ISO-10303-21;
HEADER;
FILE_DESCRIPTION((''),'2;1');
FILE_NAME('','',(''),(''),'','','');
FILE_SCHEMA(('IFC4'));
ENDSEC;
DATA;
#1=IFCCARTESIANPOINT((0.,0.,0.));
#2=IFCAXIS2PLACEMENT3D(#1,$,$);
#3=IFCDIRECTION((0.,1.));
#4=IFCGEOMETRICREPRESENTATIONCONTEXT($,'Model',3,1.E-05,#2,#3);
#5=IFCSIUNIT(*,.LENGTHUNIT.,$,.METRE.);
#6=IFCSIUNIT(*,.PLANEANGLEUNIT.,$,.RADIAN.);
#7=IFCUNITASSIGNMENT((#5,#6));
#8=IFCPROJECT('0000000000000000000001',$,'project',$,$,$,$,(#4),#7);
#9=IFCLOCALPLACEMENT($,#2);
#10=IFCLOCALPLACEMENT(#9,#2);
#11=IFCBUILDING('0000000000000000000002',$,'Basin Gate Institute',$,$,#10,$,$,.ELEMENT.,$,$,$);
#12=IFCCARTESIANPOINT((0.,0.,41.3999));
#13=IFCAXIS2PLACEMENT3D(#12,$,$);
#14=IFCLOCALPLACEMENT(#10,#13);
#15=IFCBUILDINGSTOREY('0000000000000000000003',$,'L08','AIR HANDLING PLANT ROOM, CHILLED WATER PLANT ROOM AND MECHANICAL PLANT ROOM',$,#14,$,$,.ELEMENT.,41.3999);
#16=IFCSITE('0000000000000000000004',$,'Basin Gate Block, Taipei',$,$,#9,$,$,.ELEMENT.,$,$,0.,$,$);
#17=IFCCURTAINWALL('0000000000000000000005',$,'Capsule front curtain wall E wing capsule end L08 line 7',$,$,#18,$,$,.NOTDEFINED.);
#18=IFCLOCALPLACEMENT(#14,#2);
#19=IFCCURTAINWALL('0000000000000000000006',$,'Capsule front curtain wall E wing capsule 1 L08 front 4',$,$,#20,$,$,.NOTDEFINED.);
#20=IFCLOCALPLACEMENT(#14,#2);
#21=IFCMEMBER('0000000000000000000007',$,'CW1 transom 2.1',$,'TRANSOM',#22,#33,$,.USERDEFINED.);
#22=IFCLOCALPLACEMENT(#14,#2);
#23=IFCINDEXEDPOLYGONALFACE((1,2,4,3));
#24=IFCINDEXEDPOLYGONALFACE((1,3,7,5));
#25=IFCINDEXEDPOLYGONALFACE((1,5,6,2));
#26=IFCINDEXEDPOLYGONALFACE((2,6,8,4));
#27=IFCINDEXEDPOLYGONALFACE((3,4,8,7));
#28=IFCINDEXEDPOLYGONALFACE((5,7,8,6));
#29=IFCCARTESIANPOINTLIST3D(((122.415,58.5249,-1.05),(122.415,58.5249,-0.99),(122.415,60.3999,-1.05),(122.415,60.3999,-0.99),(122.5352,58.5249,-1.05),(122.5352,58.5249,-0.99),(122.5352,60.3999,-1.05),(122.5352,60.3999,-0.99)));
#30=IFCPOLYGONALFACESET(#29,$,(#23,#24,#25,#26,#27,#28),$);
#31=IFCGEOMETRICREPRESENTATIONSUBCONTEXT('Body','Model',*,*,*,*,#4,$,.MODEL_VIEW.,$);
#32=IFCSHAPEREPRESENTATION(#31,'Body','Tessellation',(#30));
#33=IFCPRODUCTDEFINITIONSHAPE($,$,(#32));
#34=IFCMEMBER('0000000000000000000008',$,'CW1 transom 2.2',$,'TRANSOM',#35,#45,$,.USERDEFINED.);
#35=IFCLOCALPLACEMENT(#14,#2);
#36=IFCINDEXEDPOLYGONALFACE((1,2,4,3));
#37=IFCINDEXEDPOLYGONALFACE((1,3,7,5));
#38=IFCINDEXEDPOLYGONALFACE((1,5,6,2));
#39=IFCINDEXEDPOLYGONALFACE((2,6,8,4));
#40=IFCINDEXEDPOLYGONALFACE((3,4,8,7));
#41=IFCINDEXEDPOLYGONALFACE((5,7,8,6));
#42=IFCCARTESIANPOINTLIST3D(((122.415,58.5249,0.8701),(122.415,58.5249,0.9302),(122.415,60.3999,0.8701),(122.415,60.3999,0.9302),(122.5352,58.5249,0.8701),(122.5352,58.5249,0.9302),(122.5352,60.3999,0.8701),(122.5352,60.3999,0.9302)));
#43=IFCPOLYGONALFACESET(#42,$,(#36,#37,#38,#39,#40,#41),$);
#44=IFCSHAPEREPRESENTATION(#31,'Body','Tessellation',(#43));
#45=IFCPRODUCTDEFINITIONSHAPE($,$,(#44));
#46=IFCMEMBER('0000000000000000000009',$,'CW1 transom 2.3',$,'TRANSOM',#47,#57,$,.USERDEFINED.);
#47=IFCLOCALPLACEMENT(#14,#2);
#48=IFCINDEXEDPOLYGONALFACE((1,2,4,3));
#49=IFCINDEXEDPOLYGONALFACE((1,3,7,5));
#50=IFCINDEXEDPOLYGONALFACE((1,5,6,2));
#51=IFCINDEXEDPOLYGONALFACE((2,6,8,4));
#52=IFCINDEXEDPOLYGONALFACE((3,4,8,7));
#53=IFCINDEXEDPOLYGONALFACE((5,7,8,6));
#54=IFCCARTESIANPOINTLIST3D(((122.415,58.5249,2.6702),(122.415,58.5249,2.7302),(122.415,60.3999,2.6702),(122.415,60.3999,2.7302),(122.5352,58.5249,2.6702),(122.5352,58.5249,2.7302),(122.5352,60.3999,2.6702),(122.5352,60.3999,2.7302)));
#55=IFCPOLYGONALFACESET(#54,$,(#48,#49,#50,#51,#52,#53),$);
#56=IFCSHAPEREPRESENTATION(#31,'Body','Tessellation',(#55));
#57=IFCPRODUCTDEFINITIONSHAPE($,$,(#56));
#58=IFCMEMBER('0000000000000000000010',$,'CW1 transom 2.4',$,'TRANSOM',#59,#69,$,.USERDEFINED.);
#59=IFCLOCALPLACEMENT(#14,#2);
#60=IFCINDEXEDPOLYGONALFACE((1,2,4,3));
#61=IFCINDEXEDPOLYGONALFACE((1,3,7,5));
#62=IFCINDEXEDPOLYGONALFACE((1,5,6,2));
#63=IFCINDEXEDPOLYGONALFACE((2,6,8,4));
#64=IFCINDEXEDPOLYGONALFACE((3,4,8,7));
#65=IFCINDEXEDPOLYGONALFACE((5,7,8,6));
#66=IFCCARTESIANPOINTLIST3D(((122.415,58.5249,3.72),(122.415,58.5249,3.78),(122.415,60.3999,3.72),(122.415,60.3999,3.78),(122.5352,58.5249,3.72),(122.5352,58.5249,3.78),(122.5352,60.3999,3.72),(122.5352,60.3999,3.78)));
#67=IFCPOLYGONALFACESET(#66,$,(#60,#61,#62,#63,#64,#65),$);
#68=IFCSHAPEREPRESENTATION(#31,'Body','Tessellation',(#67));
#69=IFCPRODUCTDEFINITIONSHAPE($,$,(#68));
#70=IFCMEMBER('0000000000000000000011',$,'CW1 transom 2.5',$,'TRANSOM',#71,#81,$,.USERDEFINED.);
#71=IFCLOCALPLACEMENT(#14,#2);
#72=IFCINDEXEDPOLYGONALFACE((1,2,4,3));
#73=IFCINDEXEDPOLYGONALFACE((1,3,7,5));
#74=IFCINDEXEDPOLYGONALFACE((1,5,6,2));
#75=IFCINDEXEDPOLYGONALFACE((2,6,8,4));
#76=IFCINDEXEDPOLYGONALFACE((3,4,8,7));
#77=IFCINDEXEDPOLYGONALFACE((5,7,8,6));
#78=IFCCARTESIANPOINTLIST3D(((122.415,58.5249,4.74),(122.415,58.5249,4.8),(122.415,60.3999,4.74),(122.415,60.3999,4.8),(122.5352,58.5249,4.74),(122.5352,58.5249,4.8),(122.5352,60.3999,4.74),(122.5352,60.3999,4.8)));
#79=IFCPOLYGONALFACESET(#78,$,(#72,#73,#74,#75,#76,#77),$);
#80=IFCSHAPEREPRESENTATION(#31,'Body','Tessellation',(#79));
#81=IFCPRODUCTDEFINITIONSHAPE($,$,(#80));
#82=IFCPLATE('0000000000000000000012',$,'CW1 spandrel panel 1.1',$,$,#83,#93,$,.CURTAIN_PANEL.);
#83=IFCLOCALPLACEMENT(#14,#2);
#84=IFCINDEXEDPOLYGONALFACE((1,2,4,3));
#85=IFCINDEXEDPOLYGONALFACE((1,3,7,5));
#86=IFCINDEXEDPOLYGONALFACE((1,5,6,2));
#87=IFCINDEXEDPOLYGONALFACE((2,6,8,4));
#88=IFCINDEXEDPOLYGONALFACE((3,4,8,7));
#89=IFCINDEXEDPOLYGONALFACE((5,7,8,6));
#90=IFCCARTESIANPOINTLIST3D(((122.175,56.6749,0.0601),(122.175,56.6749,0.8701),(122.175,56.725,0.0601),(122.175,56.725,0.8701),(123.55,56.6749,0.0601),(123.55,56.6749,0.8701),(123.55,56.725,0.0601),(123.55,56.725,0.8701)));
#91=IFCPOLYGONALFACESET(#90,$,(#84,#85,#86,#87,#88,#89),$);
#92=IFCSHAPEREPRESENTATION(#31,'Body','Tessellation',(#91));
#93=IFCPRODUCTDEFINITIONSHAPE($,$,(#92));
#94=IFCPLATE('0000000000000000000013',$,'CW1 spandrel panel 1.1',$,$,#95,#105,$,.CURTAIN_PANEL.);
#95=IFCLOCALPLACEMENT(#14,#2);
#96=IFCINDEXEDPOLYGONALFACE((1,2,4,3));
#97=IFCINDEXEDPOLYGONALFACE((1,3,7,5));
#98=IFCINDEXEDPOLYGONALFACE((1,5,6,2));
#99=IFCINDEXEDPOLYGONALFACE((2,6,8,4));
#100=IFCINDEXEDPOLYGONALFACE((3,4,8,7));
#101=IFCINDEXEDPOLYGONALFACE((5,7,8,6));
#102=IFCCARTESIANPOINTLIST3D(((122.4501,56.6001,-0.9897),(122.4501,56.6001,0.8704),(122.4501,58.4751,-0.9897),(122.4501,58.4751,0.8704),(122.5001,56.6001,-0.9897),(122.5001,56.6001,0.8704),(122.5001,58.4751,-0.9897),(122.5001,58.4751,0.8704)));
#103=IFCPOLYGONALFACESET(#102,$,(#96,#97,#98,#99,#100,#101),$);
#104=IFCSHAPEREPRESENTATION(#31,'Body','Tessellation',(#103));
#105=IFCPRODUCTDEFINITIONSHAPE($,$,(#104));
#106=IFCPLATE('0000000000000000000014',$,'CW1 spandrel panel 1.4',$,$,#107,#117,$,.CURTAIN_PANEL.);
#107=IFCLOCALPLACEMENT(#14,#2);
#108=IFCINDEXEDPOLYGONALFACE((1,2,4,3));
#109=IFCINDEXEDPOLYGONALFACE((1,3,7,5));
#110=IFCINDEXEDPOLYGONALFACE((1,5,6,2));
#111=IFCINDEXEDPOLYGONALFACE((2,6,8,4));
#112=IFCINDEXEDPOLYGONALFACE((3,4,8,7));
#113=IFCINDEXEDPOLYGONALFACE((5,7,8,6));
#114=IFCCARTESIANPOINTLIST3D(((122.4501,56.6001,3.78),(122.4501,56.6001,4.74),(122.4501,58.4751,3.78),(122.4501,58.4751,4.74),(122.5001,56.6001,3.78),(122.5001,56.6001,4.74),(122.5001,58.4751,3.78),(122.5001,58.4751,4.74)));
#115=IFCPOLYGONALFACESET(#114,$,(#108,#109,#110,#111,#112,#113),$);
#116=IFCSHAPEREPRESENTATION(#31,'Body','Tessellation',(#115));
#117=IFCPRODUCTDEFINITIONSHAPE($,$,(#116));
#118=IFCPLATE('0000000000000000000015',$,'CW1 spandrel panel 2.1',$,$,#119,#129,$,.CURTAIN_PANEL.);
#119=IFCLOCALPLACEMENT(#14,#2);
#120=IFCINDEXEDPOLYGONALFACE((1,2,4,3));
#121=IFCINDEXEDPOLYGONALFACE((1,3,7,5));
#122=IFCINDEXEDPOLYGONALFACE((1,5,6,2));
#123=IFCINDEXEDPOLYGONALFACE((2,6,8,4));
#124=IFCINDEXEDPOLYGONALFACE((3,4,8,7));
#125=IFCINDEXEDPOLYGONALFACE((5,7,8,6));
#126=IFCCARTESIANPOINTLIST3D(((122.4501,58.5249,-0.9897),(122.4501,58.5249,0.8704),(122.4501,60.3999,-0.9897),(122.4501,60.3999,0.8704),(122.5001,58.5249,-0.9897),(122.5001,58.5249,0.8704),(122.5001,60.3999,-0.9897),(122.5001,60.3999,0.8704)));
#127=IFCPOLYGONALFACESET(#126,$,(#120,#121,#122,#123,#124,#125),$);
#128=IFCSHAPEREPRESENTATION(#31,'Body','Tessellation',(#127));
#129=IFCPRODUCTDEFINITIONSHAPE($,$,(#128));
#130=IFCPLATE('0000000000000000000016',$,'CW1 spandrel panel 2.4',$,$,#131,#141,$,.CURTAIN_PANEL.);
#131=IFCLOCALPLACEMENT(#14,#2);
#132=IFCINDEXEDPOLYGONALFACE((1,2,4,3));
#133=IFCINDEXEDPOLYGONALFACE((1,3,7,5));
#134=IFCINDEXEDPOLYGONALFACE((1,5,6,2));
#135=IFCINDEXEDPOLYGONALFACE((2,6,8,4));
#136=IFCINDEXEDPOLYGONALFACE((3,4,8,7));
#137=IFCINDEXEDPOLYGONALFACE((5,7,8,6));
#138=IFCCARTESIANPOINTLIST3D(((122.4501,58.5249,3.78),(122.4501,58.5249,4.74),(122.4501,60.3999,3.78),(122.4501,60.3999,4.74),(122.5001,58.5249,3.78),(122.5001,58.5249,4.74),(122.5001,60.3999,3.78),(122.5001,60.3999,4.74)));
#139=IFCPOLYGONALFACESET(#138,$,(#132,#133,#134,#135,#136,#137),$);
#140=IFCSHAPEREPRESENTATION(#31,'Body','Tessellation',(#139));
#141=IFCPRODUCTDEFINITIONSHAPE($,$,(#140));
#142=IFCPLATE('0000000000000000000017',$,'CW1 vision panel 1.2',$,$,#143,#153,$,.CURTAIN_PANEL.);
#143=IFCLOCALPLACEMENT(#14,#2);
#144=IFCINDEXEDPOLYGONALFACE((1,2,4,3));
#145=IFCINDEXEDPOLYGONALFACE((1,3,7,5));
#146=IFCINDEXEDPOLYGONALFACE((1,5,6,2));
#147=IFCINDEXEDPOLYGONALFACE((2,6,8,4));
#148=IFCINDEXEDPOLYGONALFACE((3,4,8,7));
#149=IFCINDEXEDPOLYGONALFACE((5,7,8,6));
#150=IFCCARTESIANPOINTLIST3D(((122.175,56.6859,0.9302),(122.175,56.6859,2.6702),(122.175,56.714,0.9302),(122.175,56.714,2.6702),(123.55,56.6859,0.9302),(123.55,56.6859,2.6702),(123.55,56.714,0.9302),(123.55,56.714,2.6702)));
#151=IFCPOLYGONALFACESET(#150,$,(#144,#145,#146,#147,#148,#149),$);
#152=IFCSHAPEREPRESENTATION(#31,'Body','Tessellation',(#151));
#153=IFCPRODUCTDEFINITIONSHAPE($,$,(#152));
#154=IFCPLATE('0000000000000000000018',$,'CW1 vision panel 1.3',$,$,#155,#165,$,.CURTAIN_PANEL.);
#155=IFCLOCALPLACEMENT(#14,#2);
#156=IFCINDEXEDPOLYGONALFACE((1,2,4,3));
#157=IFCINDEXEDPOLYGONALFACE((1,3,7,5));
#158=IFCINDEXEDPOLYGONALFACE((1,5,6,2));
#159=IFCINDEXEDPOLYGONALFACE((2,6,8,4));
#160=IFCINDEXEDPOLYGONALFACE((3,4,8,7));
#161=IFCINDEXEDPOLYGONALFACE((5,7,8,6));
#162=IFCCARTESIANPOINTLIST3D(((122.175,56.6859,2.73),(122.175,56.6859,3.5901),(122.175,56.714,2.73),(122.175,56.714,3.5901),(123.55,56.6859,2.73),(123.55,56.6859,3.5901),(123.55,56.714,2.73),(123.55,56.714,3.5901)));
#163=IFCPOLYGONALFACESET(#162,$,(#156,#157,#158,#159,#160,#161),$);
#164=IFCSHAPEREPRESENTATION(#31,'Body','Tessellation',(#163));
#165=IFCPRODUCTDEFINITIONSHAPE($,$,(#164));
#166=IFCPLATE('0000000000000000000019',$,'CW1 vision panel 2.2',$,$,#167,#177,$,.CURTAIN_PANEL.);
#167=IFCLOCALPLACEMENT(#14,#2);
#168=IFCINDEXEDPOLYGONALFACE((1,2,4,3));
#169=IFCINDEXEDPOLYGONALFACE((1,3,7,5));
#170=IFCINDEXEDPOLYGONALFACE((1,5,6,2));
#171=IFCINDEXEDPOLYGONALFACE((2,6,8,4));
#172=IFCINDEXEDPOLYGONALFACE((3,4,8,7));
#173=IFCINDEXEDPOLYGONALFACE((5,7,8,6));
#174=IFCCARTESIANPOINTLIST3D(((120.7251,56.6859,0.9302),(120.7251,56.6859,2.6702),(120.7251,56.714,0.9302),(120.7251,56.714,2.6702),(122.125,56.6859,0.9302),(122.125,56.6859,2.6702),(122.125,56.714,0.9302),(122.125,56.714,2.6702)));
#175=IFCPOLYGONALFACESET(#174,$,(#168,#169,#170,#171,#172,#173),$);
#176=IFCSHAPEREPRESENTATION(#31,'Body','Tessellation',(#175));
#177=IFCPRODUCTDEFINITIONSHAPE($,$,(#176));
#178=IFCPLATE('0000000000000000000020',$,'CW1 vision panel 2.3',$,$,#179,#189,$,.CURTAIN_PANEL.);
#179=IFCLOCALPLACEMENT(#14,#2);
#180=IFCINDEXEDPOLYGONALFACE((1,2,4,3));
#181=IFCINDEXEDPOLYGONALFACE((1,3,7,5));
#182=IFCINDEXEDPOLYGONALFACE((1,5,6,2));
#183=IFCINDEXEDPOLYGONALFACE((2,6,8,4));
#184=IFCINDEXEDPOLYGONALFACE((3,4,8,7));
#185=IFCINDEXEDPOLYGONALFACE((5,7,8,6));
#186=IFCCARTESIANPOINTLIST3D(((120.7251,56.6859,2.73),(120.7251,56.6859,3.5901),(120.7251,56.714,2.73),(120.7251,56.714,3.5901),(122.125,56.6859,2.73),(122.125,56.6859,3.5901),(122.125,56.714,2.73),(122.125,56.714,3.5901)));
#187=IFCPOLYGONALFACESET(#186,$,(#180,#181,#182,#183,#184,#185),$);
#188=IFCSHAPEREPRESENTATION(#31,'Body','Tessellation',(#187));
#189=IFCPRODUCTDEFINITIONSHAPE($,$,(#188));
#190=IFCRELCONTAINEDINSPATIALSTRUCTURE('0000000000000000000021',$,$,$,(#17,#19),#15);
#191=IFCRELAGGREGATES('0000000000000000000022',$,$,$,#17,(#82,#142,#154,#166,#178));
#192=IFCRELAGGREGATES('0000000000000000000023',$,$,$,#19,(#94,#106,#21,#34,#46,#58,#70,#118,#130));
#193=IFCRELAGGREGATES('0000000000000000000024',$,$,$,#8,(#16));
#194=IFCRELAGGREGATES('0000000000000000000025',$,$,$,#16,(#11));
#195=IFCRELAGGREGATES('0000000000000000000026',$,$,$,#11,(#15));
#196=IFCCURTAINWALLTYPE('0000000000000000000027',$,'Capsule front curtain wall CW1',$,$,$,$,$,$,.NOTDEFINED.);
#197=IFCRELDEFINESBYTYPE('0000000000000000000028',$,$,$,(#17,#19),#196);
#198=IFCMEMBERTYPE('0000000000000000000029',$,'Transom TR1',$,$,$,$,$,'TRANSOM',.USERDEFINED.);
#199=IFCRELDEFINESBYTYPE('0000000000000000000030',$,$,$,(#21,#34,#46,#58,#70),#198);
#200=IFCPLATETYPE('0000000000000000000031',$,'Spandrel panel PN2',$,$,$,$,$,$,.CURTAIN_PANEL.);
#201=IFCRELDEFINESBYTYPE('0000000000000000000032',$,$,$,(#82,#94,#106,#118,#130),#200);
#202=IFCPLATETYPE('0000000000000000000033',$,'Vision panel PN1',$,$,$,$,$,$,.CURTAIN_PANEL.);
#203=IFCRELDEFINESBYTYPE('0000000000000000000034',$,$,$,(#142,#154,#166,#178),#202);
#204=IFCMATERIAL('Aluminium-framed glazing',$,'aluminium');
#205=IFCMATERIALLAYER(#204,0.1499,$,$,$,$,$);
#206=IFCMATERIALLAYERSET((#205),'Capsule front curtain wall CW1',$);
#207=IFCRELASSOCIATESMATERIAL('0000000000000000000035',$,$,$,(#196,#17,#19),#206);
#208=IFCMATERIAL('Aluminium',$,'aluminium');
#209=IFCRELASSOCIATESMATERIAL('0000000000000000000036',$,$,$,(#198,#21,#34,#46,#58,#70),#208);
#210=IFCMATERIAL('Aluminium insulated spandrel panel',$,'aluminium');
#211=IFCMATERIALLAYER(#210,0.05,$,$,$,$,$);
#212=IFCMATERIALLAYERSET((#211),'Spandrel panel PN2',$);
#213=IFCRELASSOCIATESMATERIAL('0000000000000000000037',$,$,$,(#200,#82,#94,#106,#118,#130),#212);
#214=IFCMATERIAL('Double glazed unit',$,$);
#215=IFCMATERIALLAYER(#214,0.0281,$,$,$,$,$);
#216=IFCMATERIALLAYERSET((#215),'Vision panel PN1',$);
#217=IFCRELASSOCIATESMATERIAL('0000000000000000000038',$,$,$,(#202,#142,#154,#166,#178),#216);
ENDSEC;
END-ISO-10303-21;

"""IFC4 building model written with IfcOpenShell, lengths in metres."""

from ifc_helpers import new_model, si_unit, direction, frame, origin, origin_2d, place, context, subcontext, project, spatial, rectangle, extrude, material, layer, layer_set, material_profile, profile_set, type_object, element, aggregate, save


model = new_model("IFC4")

# Units and contexts
model_context = context("Model", 3, precision=1e-05, world=origin(), true_north=direction((0.0, 1.0)))
body_context = subcontext(model_context, "Body", "Model", "MODEL_VIEW")
ifc_project = project(units=[si_unit("LENGTHUNIT", "METRE"), si_unit("PLANEANGLEUNIT", "RADIAN")], contexts=[model_context])

# Site, building, storey
site_placement = place(None, origin())
site = spatial("IfcSite", under=ifc_project, at=site_placement, Name="Basin Gate Block, Taipei", CompositionType="ELEMENT", RefElevation=0.0)
building_placement = place(site_placement, origin())
building = spatial("IfcBuilding", under=site, at=building_placement, Name="Basin Gate Institute", CompositionType="ELEMENT")
storey_placement = place(building_placement, frame((0.0, 0.0, 41.3999)))
storey = spatial("IfcBuildingStorey", under=building, at=storey_placement, Name="L08", Description="AIR HANDLING PLANT ROOM, CHILLED WATER PLANT ROOM AND MECHANICAL PLANT ROOM", CompositionType="ELEMENT", Elevation=41.3999)

# Curtain wall
ifc_material_1 = material(Name="Aluminium-framed glazing", Category="aluminium")
ifc_layer_1 = layer(ifc_material_1, 0.1499)
ifc_layer_set_1 = layer_set([ifc_layer_1], Name="Capsule front curtain wall CW1")
curtain_wall_type = type_object("IfcCurtainWallType", Name="Capsule front curtain wall CW1", PredefinedType="NOTDEFINED", material=ifc_layer_set_1)
curtain_wall_1_placement = place(storey_placement, origin())
curtain_wall_1 = element("IfcCurtainWall", 1, at=curtain_wall_1_placement, inside=storey, type_object=curtain_wall_type, material=ifc_layer_set_1, Name="Capsule front curtain wall E wing capsule end L08 line 7", PredefinedType="NOTDEFINED")

# Curtain wall
curtain_wall_2_placement = place(storey_placement, origin())
curtain_wall_2 = element("IfcCurtainWall", 2, at=curtain_wall_2_placement, inside=storey, type_object=curtain_wall_type, material=ifc_layer_set_1, Name="Capsule front curtain wall E wing capsule 1 L08 front 4", PredefinedType="NOTDEFINED")

# Members
ifc_material_2 = material(Name="Aluminium", Category="aluminium")
ifc_material_profile_1 = material_profile(ifc_material_2, rectangle(XDim=0.1201, YDim=0.0601, at=origin_2d()), Name="Transom TR1 120 x 60")
ifc_profile_set_1 = profile_set([ifc_material_profile_1], Name="Aluminium")
member_type_1 = type_object("IfcMemberType", Name="Transom TR1", ElementType="TRANSOM", PredefinedType="USERDEFINED", material=ifc_profile_set_1)
member_1_placement = place(storey_placement, frame((122.4751, 58.5249, -1.02), z_axis=(0.0, 1.0, 0.0), x_axis=(-1.0, 0.0, 0.0)))
member_1 = element("IfcMember", 3, at=member_1_placement, type_object=member_type_1, material=ifc_profile_set_1, Name="CW1 transom 2.1", ObjectType="TRANSOM", PredefinedType="USERDEFINED", context=body_context, shape_type="SweptSolid", body=[
    extrude(rectangle(XDim=0.1201, YDim=0.0601, at=origin_2d()), origin(), (0.0, 0.0, 1.0), 1.875),
])
member_2_placement = place(storey_placement, frame((122.4751, 58.5249, 0.9001), z_axis=(0.0, 1.0, 0.0), x_axis=(-1.0, 0.0, 0.0)))
member_2 = element("IfcMember", 4, at=member_2_placement, type_object=member_type_1, material=ifc_profile_set_1, Name="CW1 transom 2.2", ObjectType="TRANSOM", PredefinedType="USERDEFINED", context=body_context, shape_type="SweptSolid", body=[
    extrude(rectangle(XDim=0.1201, YDim=0.0601, at=origin_2d()), origin(), (0.0, 0.0, 1.0), 1.875),
])
member_3_placement = place(storey_placement, frame((122.4751, 58.5249, 2.7002), z_axis=(0.0, 1.0, 0.0), x_axis=(-1.0, 0.0, 0.0)))
member_3 = element("IfcMember", 5, at=member_3_placement, type_object=member_type_1, material=ifc_profile_set_1, Name="CW1 transom 2.3", ObjectType="TRANSOM", PredefinedType="USERDEFINED", context=body_context, shape_type="SweptSolid", body=[
    extrude(rectangle(XDim=0.1201, YDim=0.0601, at=origin_2d()), origin(), (0.0, 0.0, 1.0), 1.875),
])
member_4_placement = place(storey_placement, frame((122.4751, 58.5249, 3.75), z_axis=(0.0, 1.0, 0.0), x_axis=(-1.0, 0.0, 0.0)))
member_4 = element("IfcMember", 6, at=member_4_placement, type_object=member_type_1, material=ifc_profile_set_1, Name="CW1 transom 2.4", ObjectType="TRANSOM", PredefinedType="USERDEFINED", context=body_context, shape_type="SweptSolid", body=[
    extrude(rectangle(XDim=0.1201, YDim=0.0601, at=origin_2d()), origin(), (0.0, 0.0, 1.0), 1.875),
])
member_5_placement = place(storey_placement, frame((122.4751, 58.5249, 4.77), z_axis=(0.0, 1.0, 0.0), x_axis=(-1.0, 0.0, 0.0)))
member_5 = element("IfcMember", 7, at=member_5_placement, type_object=member_type_1, material=ifc_profile_set_1, Name="CW1 transom 2.5", ObjectType="TRANSOM", PredefinedType="USERDEFINED", context=body_context, shape_type="SweptSolid", body=[
    extrude(rectangle(XDim=0.1201, YDim=0.0601, at=origin_2d()), origin(), (0.0, 0.0, 1.0), 1.875),
])

# Plates
ifc_material_3 = material(Name="Aluminium insulated spandrel panel", Category="aluminium")
ifc_layer_2 = layer(ifc_material_3, 0.05)
ifc_layer_set_2 = layer_set([ifc_layer_2], Name="Spandrel panel PN2")
plate_type_1 = type_object("IfcPlateType", Name="Spandrel panel PN2", PredefinedType="CURTAIN_PANEL", material=ifc_layer_set_2)
plate_1_placement = place(storey_placement, frame((122.8625, 56.7, 0.0601), z_axis=(0.0, 0.0, 1.0), x_axis=(-1.0, 0.0, 0.0)))
plate_1 = element("IfcPlate", 8, at=plate_1_placement, type_object=plate_type_1, material=ifc_layer_set_2, Name="CW1 spandrel panel 1.1", PredefinedType="CURTAIN_PANEL", context=body_context, shape_type="SweptSolid", body=[
    extrude(rectangle(XDim=1.375, YDim=0.05, at=origin_2d()), origin(), (0.0, 0.0, 1.0), 0.8101),
])
plate_2_placement = place(storey_placement, frame((122.4751, 57.5376, -0.9897), z_axis=(0.0, 0.0, 1.0), x_axis=(0.0, 1.0, 0.0)))
plate_2 = element("IfcPlate", 9, at=plate_2_placement, type_object=plate_type_1, material=ifc_layer_set_2, Name="CW1 spandrel panel 1.1", PredefinedType="CURTAIN_PANEL", context=body_context, shape_type="SweptSolid", body=[
    extrude(rectangle(XDim=1.875, YDim=0.05, at=origin_2d()), origin(), (0.0, 0.0, 1.0), 1.8601),
])
plate_3_placement = place(storey_placement, frame((122.4751, 57.5376, 3.78), z_axis=(0.0, 0.0, 1.0), x_axis=(0.0, 1.0, 0.0)))
plate_3 = element("IfcPlate", 10, at=plate_3_placement, type_object=plate_type_1, material=ifc_layer_set_2, Name="CW1 spandrel panel 1.4", PredefinedType="CURTAIN_PANEL", context=body_context, shape_type="SweptSolid", body=[
    extrude(rectangle(XDim=1.875, YDim=0.05, at=origin_2d()), origin(), (0.0, 0.0, 1.0), 0.96),
])
plate_4_placement = place(storey_placement, frame((122.4751, 59.4624, -0.9897), z_axis=(0.0, 0.0, 1.0), x_axis=(0.0, 1.0, 0.0)))
plate_4 = element("IfcPlate", 11, at=plate_4_placement, type_object=plate_type_1, material=ifc_layer_set_2, Name="CW1 spandrel panel 2.1", PredefinedType="CURTAIN_PANEL", context=body_context, shape_type="SweptSolid", body=[
    extrude(rectangle(XDim=1.875, YDim=0.05, at=origin_2d()), origin(), (0.0, 0.0, 1.0), 1.8601),
])
plate_5_placement = place(storey_placement, frame((122.4751, 59.4624, 3.78), z_axis=(0.0, 0.0, 1.0), x_axis=(0.0, 1.0, 0.0)))
plate_5 = element("IfcPlate", 12, at=plate_5_placement, type_object=plate_type_1, material=ifc_layer_set_2, Name="CW1 spandrel panel 2.4", PredefinedType="CURTAIN_PANEL", context=body_context, shape_type="SweptSolid", body=[
    extrude(rectangle(XDim=1.875, YDim=0.05, at=origin_2d()), origin(), (0.0, 0.0, 1.0), 0.96),
])
ifc_material_4 = material(Name="Double glazed unit")
ifc_layer_3 = layer(ifc_material_4, 0.0281)
ifc_layer_set_3 = layer_set([ifc_layer_3], Name="Vision panel PN1")
plate_type_2 = type_object("IfcPlateType", Name="Vision panel PN1", PredefinedType="CURTAIN_PANEL", material=ifc_layer_set_3)
plate_6_placement = place(storey_placement, frame((122.8625, 56.7, 0.9302), z_axis=(0.0, 0.0, 1.0), x_axis=(-1.0, 0.0, 0.0)))
plate_6 = element("IfcPlate", 13, at=plate_6_placement, type_object=plate_type_2, material=ifc_layer_set_3, Name="CW1 vision panel 1.2", PredefinedType="CURTAIN_PANEL", context=body_context, shape_type="SweptSolid", body=[
    extrude(rectangle(XDim=1.375, YDim=0.0281, at=origin_2d()), origin(), (0.0, 0.0, 1.0), 1.74),
])
plate_7_placement = place(storey_placement, frame((122.8625, 56.7, 2.73), z_axis=(0.0, 0.0, 1.0), x_axis=(-1.0, 0.0, 0.0)))
plate_7 = element("IfcPlate", 14, at=plate_7_placement, type_object=plate_type_2, material=ifc_layer_set_3, Name="CW1 vision panel 1.3", PredefinedType="CURTAIN_PANEL", context=body_context, shape_type="SweptSolid", body=[
    extrude(rectangle(XDim=1.375, YDim=0.0281, at=origin_2d()), origin(), (0.0, 0.0, 1.0), 0.8601),
])
plate_8_placement = place(storey_placement, frame((121.425, 56.7, 0.9302), z_axis=(0.0, 0.0, 1.0), x_axis=(-1.0, 0.0, 0.0)))
plate_8 = element("IfcPlate", 15, at=plate_8_placement, type_object=plate_type_2, material=ifc_layer_set_3, Name="CW1 vision panel 2.2", PredefinedType="CURTAIN_PANEL", context=body_context, shape_type="SweptSolid", body=[
    extrude(rectangle(XDim=1.3999, YDim=0.0281, at=origin_2d()), origin(), (0.0, 0.0, 1.0), 1.74),
])
plate_9_placement = place(storey_placement, frame((121.425, 56.7, 2.73), z_axis=(0.0, 0.0, 1.0), x_axis=(-1.0, 0.0, 0.0)))
plate_9 = element("IfcPlate", 16, at=plate_9_placement, type_object=plate_type_2, material=ifc_layer_set_3, Name="CW1 vision panel 2.3", PredefinedType="CURTAIN_PANEL", context=body_context, shape_type="SweptSolid", body=[
    extrude(rectangle(XDim=1.3999, YDim=0.0281, at=origin_2d()), origin(), (0.0, 0.0, 1.0), 0.8601),
])
aggregate(curtain_wall_1, [plate_1, plate_6, plate_7, plate_8, plate_9])
aggregate(curtain_wall_2, [plate_2, plate_3, member_1, member_2, member_3, member_4, member_5, plate_4, plate_5])

save(model, "model.ifc")
